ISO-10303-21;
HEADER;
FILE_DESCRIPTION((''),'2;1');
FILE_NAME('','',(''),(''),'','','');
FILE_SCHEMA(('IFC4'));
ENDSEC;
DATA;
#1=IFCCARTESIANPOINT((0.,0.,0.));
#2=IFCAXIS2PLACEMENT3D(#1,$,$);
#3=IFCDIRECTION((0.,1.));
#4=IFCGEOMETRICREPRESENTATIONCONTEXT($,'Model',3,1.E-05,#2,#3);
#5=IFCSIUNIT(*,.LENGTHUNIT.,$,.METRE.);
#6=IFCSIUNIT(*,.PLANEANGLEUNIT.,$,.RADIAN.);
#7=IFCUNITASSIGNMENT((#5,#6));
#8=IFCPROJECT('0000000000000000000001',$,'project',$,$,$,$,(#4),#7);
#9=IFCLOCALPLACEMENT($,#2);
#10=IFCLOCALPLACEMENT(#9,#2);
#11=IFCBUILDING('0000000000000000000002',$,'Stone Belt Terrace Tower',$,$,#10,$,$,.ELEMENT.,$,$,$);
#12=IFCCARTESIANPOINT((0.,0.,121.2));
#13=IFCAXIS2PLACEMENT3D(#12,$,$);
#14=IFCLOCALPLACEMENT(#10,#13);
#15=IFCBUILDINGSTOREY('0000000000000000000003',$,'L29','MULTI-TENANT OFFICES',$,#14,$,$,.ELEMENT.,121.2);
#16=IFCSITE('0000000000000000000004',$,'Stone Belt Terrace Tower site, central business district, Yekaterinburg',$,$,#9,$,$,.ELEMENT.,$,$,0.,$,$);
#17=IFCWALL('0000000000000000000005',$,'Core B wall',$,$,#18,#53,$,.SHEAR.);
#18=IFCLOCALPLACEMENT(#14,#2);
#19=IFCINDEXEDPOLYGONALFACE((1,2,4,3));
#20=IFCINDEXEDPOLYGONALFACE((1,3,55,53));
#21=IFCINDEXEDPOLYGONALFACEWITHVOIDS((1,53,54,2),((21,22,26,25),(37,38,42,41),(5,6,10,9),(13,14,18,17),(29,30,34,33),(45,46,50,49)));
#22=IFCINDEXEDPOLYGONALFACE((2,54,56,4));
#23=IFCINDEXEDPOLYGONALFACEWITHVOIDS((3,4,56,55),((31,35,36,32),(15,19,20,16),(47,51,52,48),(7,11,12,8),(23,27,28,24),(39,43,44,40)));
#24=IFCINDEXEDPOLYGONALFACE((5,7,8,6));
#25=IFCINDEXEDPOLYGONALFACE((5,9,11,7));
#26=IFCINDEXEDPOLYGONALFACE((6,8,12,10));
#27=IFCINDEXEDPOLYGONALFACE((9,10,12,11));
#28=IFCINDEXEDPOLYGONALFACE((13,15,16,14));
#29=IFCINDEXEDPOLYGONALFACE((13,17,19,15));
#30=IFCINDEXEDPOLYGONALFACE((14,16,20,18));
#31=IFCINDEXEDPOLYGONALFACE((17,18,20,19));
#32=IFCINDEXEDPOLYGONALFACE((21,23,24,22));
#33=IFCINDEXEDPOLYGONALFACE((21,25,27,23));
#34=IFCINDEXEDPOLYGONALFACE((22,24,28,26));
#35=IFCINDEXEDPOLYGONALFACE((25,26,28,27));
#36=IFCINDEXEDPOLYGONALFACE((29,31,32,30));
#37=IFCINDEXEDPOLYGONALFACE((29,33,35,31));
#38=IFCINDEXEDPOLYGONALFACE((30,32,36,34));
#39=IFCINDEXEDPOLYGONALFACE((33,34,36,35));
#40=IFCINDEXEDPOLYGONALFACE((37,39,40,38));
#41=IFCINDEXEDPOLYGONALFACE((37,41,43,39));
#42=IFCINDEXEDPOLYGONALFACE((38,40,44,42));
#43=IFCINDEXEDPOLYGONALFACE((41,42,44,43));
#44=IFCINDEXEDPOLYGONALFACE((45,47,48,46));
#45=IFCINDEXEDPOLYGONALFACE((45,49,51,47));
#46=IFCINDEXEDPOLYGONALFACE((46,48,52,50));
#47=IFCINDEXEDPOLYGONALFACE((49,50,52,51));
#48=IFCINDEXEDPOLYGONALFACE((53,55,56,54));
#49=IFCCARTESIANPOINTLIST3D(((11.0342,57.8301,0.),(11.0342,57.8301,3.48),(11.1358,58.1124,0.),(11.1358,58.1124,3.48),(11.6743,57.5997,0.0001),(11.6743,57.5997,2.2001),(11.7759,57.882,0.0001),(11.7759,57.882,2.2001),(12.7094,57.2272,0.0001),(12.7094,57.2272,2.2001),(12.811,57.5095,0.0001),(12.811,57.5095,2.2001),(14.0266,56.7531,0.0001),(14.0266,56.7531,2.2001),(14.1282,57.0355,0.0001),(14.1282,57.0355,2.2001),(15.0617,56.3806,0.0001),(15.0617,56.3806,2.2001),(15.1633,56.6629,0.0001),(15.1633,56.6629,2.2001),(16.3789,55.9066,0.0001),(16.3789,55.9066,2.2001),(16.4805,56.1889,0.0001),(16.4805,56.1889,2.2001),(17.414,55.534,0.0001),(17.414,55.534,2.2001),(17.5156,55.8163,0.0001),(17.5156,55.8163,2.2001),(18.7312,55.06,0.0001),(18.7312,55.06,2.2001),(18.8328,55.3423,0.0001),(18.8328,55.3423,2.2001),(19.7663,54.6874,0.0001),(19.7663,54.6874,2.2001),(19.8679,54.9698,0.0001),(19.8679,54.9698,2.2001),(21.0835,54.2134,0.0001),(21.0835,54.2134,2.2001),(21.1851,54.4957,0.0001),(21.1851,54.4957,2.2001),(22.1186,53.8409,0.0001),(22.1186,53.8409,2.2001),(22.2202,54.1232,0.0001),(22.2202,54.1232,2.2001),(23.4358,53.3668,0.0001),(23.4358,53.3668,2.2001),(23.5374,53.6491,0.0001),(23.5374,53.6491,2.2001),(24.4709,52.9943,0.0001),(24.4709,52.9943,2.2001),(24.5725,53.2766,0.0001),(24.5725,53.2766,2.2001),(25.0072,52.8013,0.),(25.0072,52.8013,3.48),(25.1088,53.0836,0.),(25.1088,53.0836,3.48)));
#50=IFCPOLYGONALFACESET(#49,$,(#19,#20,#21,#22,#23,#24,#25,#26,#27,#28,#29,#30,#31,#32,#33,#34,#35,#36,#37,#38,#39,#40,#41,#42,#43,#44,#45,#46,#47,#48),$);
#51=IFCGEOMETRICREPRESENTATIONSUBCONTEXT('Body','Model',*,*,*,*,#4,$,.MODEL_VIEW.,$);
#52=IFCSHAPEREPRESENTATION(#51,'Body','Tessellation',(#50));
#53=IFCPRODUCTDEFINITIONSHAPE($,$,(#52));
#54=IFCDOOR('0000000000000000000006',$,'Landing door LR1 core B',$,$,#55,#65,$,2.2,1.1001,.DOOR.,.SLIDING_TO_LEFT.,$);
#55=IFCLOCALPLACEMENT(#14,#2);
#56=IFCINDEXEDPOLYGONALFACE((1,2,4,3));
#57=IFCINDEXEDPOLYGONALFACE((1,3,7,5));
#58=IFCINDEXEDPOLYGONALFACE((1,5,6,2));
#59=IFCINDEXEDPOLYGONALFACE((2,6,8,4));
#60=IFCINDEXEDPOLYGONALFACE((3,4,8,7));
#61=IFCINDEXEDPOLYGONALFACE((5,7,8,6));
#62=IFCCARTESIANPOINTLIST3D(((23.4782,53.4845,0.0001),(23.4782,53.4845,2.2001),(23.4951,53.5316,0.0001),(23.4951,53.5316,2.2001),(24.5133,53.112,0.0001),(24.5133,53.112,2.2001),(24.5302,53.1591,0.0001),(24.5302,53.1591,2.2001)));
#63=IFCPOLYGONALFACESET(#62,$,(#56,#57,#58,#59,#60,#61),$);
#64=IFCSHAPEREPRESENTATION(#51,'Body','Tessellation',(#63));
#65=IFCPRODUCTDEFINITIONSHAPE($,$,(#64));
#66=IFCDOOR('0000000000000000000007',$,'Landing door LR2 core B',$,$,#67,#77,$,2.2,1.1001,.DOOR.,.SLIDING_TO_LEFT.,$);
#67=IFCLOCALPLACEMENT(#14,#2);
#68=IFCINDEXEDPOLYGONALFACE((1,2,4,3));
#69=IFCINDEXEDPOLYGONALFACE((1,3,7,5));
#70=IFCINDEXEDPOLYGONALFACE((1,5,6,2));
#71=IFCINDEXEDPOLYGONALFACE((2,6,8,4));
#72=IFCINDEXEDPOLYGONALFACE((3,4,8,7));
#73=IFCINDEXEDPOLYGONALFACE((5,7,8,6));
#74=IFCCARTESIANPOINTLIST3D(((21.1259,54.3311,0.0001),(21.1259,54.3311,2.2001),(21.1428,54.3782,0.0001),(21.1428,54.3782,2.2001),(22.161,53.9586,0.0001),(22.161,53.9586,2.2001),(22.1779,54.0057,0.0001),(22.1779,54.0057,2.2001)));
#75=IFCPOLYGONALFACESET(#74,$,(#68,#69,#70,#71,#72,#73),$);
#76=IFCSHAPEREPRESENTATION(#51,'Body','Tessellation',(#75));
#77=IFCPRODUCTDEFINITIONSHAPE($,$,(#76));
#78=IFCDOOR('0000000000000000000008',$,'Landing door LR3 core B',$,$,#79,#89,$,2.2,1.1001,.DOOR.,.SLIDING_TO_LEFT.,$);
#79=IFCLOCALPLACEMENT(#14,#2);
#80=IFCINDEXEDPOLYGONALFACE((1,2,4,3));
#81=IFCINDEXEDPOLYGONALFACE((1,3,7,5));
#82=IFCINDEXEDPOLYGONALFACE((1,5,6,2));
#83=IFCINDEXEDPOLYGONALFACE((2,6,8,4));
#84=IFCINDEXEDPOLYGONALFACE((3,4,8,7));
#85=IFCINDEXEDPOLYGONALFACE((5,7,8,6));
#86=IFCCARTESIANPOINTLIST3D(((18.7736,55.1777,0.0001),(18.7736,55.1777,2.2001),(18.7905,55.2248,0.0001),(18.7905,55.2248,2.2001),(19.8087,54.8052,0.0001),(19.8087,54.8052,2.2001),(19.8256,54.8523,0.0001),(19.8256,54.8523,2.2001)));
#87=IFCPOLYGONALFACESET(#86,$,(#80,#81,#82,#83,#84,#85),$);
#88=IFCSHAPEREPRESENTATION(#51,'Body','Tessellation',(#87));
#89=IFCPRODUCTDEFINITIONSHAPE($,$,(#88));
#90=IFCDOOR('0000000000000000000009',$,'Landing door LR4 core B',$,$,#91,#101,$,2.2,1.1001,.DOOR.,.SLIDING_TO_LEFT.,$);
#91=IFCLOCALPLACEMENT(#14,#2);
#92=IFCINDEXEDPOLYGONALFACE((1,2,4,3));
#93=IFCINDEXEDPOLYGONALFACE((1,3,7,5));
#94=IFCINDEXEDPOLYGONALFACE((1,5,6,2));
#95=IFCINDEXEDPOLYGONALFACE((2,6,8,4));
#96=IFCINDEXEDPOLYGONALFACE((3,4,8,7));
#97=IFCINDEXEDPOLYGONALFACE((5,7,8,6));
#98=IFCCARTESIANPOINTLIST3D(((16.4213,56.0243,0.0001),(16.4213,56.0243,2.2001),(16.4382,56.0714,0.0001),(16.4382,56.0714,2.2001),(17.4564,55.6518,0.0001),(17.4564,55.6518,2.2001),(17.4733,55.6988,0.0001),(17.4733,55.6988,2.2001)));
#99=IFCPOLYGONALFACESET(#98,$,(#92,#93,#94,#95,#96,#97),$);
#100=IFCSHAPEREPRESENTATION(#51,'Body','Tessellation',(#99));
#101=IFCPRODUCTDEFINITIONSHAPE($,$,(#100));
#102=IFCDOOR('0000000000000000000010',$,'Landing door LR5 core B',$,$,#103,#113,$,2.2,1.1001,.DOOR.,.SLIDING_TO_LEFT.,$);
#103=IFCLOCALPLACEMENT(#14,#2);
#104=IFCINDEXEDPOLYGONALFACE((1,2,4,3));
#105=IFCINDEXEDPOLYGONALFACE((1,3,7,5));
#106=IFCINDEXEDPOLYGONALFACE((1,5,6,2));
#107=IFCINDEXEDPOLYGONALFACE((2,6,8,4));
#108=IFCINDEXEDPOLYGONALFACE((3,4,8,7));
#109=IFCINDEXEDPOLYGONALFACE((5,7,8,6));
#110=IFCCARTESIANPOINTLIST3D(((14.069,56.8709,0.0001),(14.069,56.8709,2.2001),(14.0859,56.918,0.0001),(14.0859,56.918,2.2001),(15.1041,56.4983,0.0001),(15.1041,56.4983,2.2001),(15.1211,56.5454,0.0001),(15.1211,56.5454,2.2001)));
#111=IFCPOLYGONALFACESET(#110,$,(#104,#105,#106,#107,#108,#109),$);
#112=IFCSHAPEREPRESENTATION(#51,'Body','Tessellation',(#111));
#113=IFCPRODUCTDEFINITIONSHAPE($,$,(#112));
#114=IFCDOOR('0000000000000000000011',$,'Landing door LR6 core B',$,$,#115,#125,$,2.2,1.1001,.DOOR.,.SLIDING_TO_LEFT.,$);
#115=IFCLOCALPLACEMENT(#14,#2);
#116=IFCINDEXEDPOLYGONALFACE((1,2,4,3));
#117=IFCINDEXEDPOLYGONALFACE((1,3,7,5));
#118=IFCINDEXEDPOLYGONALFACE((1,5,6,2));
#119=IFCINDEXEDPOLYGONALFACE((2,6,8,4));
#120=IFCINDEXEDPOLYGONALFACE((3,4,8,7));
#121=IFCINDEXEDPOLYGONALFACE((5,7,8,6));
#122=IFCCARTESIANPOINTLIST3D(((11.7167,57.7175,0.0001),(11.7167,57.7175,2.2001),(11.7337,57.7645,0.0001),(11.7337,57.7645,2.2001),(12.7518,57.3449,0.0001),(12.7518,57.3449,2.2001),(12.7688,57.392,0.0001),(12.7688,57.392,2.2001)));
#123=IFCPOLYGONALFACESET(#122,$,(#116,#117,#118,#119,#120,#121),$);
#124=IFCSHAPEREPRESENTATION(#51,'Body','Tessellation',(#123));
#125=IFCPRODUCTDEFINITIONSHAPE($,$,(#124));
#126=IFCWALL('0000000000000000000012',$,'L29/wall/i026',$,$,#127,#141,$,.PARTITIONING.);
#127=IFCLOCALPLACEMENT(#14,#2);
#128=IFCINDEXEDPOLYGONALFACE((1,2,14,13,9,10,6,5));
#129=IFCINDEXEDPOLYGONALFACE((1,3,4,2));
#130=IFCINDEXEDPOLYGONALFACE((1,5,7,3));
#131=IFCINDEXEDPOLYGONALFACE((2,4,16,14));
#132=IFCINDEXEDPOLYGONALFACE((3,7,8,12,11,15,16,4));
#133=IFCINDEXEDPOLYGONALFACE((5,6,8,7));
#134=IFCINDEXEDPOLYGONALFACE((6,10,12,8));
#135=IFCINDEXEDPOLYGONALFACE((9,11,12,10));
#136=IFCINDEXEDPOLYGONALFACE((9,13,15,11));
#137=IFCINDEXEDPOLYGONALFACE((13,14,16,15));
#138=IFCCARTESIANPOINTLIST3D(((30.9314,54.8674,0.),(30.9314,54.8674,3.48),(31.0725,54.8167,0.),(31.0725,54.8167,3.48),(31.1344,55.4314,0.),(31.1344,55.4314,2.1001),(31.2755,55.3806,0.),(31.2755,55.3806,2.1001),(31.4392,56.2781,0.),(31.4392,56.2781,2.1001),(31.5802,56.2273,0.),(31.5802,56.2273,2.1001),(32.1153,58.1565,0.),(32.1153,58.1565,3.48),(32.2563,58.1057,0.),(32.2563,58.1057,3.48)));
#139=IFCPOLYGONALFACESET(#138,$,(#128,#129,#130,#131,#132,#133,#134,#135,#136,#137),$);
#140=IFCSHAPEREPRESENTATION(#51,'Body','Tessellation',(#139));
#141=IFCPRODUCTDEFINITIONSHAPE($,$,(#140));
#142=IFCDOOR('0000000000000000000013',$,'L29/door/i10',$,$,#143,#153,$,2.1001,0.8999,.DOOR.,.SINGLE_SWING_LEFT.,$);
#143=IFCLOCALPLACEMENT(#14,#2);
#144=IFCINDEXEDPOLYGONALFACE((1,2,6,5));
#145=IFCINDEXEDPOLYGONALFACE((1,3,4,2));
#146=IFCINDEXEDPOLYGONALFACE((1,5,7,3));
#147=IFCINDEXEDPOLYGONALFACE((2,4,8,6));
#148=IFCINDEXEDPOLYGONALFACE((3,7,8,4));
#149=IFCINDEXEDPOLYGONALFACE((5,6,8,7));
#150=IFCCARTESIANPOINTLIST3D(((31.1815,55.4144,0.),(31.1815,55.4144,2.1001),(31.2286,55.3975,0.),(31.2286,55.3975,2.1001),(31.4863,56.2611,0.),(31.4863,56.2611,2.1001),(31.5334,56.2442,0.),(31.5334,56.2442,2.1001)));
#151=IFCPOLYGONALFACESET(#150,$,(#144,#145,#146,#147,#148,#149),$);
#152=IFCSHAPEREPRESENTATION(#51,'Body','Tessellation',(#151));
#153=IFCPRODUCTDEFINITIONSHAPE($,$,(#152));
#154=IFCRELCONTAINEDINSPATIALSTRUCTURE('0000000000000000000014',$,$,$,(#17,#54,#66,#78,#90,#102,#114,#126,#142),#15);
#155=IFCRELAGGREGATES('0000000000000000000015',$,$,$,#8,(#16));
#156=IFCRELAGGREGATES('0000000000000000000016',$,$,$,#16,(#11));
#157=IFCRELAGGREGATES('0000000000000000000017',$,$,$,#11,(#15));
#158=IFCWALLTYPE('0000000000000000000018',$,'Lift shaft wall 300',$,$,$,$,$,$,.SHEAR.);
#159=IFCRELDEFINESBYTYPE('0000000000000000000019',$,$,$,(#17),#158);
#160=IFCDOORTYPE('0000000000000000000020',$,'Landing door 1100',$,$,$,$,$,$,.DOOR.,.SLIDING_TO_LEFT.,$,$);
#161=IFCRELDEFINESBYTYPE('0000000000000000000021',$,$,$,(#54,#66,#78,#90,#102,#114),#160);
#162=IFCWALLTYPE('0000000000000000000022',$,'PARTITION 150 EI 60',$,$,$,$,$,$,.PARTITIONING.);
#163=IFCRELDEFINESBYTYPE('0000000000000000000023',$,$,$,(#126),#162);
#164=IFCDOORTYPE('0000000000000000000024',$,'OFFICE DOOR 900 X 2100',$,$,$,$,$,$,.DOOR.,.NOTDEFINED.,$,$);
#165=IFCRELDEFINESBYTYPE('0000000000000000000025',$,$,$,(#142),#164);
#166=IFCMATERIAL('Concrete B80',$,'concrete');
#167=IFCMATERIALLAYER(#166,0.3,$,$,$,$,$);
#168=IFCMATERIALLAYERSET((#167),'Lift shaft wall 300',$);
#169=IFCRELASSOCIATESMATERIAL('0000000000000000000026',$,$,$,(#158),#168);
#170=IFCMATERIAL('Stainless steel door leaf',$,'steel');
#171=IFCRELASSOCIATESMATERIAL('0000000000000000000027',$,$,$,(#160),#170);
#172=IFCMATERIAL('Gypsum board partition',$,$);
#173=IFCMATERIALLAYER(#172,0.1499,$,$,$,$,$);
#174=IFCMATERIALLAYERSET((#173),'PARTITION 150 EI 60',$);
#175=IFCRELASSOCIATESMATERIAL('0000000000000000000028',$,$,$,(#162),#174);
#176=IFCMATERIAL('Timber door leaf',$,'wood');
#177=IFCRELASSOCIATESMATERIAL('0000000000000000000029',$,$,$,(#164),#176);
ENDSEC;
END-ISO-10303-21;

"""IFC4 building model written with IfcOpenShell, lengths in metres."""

from ifc_helpers import new_model, si_unit, direction, frame, frame_2d, origin, place, context, subcontext, project, spatial, rectangle, extrude, material, layer, layer_set, type_object, element, fill, save


model = new_model("IFC4")

# Units and contexts
model_context = context("Model", 3, precision=1e-05, world=origin(), true_north=direction((0.0, 1.0)))
body_context = subcontext(model_context, "Body", "Model", "MODEL_VIEW")
ifc_project = project(units=[si_unit("LENGTHUNIT", "METRE"), si_unit("PLANEANGLEUNIT", "RADIAN")], contexts=[model_context])

# Site, building, storey
site_placement = place(None, origin())
site = spatial("IfcSite", under=ifc_project, at=site_placement, Name="Stone Belt Terrace Tower site, central business district, Yekaterinburg", CompositionType="ELEMENT", RefElevation=0.0)
building_placement = place(site_placement, origin())
building = spatial("IfcBuilding", under=site, at=building_placement, Name="Stone Belt Terrace Tower", CompositionType="ELEMENT")
storey_placement = place(building_placement, frame((0.0, 0.0, 121.2)))
storey = spatial("IfcBuildingStorey", under=building, at=storey_placement, Name="L29", Description="MULTI-TENANT OFFICES", CompositionType="ELEMENT", Elevation=121.2)

# Shared definitions
ifc_material_1 = material(Name="Concrete B80", Category="concrete")

# Shared definitions
ifc_material_2 = material(Name="Timber door leaf", Category="wood")

# Shared definitions
ifc_layer_1 = layer(ifc_material_1, 0.3)
ifc_layer_set_1 = layer_set([ifc_layer_1], Name="Lift shaft wall 300")
wall_type_1 = type_object("IfcWallType", Name="Lift shaft wall 300", PredefinedType="SHEAR", material=ifc_layer_set_1)
ifc_material_3 = material(Name="Stainless steel door leaf", Category="steel")

# Wall, openings, doors
wall_1_placement = place(storey_placement, frame((25.0581, 52.9424, 0.0), z_axis=(0.0, 0.0, 1.0), x_axis=(-0.940918, 0.338634, 0.0)))
wall_1 = element("IfcWall", 1, at=wall_1_placement, inside=storey, type_object=wall_type_1, Name="Core B wall", PredefinedType="SHEAR", context=body_context, shape_type="SweptSolid", body=[
    extrude(rectangle(XDim=14.8503, YDim=0.3, at=frame_2d((7.4253, 0.0))), origin(), (0.0, 0.0, 1.0), 3.48),
])
opening_1_placement = place(wall_1_placement, frame((0.5701, 0.0, 0.0)))
opening_1 = element("IfcOpeningElement", 2, at=opening_1_placement, cuts=wall_1, PredefinedType="OPENING", context=body_context, shape_type="SweptSolid", body=[
    extrude(rectangle(XDim=1.1001, YDim=2.2, at=frame_2d((0.55, 1.1001))), frame((0.0, 0.1599, 0.0), z_axis=(0.0, -1.0, 0.0), x_axis=(1.0, 0.0, 0.0)), (0.0, 0.0, 1.0), 0.3201),
])
opening_2_placement = place(wall_1_placement, frame((3.0701, 0.0, 0.0)))
opening_2 = element("IfcOpeningElement", 3, at=opening_2_placement, cuts=wall_1, PredefinedType="OPENING", context=body_context, shape_type="SweptSolid", body=[
    extrude(rectangle(XDim=1.1001, YDim=2.2, at=frame_2d((0.55, 1.1001))), frame((0.0, 0.1599, 0.0), z_axis=(0.0, -1.0, 0.0), x_axis=(1.0, 0.0, 0.0)), (0.0, 0.0, 1.0), 0.3201),
])
opening_3_placement = place(wall_1_placement, frame((5.5701, 0.0, 0.0)))
opening_3 = element("IfcOpeningElement", 4, at=opening_3_placement, cuts=wall_1, PredefinedType="OPENING", context=body_context, shape_type="SweptSolid", body=[
    extrude(rectangle(XDim=1.1001, YDim=2.2, at=frame_2d((0.55, 1.1001))), frame((0.0, 0.1599, 0.0), z_axis=(0.0, -1.0, 0.0), x_axis=(1.0, 0.0, 0.0)), (0.0, 0.0, 1.0), 0.3201),
])
opening_4_placement = place(wall_1_placement, frame((8.0701, 0.0, 0.0)))
opening_4 = element("IfcOpeningElement", 5, at=opening_4_placement, cuts=wall_1, PredefinedType="OPENING", context=body_context, shape_type="SweptSolid", body=[
    extrude(rectangle(XDim=1.1001, YDim=2.2, at=frame_2d((0.55, 1.1001))), frame((0.0, 0.1599, 0.0), z_axis=(0.0, -1.0, 0.0), x_axis=(1.0, 0.0, 0.0)), (0.0, 0.0, 1.0), 0.3201),
])
opening_5_placement = place(wall_1_placement, frame((10.5701, 0.0, 0.0)))
opening_5 = element("IfcOpeningElement", 6, at=opening_5_placement, cuts=wall_1, PredefinedType="OPENING", context=body_context, shape_type="SweptSolid", body=[
    extrude(rectangle(XDim=1.1001, YDim=2.2, at=frame_2d((0.55, 1.1001))), frame((0.0, 0.1599, 0.0), z_axis=(0.0, -1.0, 0.0), x_axis=(1.0, 0.0, 0.0)), (0.0, 0.0, 1.0), 0.3201),
])
opening_6_placement = place(wall_1_placement, frame((13.0701, 0.0, 0.0)))
opening_6 = element("IfcOpeningElement", 7, at=opening_6_placement, cuts=wall_1, PredefinedType="OPENING", context=body_context, shape_type="SweptSolid", body=[
    extrude(rectangle(XDim=1.1001, YDim=2.2, at=frame_2d((0.55, 1.1001))), frame((0.0, 0.1599, 0.0), z_axis=(0.0, -1.0, 0.0), x_axis=(1.0, 0.0, 0.0)), (0.0, 0.0, 1.0), 0.3201),
])
door_type_1 = type_object("IfcDoorType", Name="Landing door 1100", OperationType="SLIDING_TO_LEFT", PredefinedType="DOOR", material=ifc_material_3)
door_1_placement = place(opening_1_placement, origin())
door_1 = element("IfcDoor", 8, at=door_1_placement, inside=storey, type_object=door_type_1, Name="Landing door LR1 core B", OperationType="SLIDING_TO_LEFT", OverallHeight=2.2, OverallWidth=1.1001, PredefinedType="DOOR", context=body_context, shape_type="SweptSolid", body=[
    extrude(rectangle(XDim=1.1001, YDim=2.2, at=frame_2d((0.55, 1.1001))), frame((0.0, 0.0249, 0.0), z_axis=(0.0, -1.0, 0.0), x_axis=(1.0, 0.0, 0.0)), (0.0, 0.0, 1.0), 0.05),
])
fill(opening_1, door_1)
door_2_placement = place(opening_2_placement, origin())
door_2 = element("IfcDoor", 9, at=door_2_placement, inside=storey, type_object=door_type_1, Name="Landing door LR2 core B", OperationType="SLIDING_TO_LEFT", OverallHeight=2.2, OverallWidth=1.1001, PredefinedType="DOOR", context=body_context, shape_type="SweptSolid", body=[
    extrude(rectangle(XDim=1.1001, YDim=2.2, at=frame_2d((0.55, 1.1001))), frame((0.0, 0.0249, 0.0), z_axis=(0.0, -1.0, 0.0), x_axis=(1.0, 0.0, 0.0)), (0.0, 0.0, 1.0), 0.05),
])
fill(opening_2, door_2)
door_3_placement = place(opening_3_placement, origin())
door_3 = element("IfcDoor", 10, at=door_3_placement, inside=storey, type_object=door_type_1, Name="Landing door LR3 core B", OperationType="SLIDING_TO_LEFT", OverallHeight=2.2, OverallWidth=1.1001, PredefinedType="DOOR", context=body_context, shape_type="SweptSolid", body=[
    extrude(rectangle(XDim=1.1001, YDim=2.2, at=frame_2d((0.55, 1.1001))), frame((0.0, 0.0249, 0.0), z_axis=(0.0, -1.0, 0.0), x_axis=(1.0, 0.0, 0.0)), (0.0, 0.0, 1.0), 0.05),
])
fill(opening_3, door_3)
door_4_placement = place(opening_4_placement, origin())
door_4 = element("IfcDoor", 11, at=door_4_placement, inside=storey, type_object=door_type_1, Name="Landing door LR4 core B", OperationType="SLIDING_TO_LEFT", OverallHeight=2.2, OverallWidth=1.1001, PredefinedType="DOOR", context=body_context, shape_type="SweptSolid", body=[
    extrude(rectangle(XDim=1.1001, YDim=2.2, at=frame_2d((0.55, 1.1001))), frame((0.0, 0.0249, 0.0), z_axis=(0.0, -1.0, 0.0), x_axis=(1.0, 0.0, 0.0)), (0.0, 0.0, 1.0), 0.05),
])
fill(opening_4, door_4)
door_5_placement = place(opening_5_placement, origin())
door_5 = element("IfcDoor", 12, at=door_5_placement, inside=storey, type_object=door_type_1, Name="Landing door LR5 core B", OperationType="SLIDING_TO_LEFT", OverallHeight=2.2, OverallWidth=1.1001, PredefinedType="DOOR", context=body_context, shape_type="SweptSolid", body=[
    extrude(rectangle(XDim=1.1001, YDim=2.2, at=frame_2d((0.55, 1.1001))), frame((0.0, 0.0249, 0.0), z_axis=(0.0, -1.0, 0.0), x_axis=(1.0, 0.0, 0.0)), (0.0, 0.0, 1.0), 0.05),
])
fill(opening_5, door_5)
door_6_placement = place(opening_6_placement, origin())
door_6 = element("IfcDoor", 13, at=door_6_placement, inside=storey, type_object=door_type_1, Name="Landing door LR6 core B", OperationType="SLIDING_TO_LEFT", OverallHeight=2.2, OverallWidth=1.1001, PredefinedType="DOOR", context=body_context, shape_type="SweptSolid", body=[
    extrude(rectangle(XDim=1.1001, YDim=2.2, at=frame_2d((0.55, 1.1001))), frame((0.0, 0.0249, 0.0), z_axis=(0.0, -1.0, 0.0), x_axis=(1.0, 0.0, 0.0)), (0.0, 0.0, 1.0), 0.05),
])
fill(opening_6, door_6)

# Wall, opening, door
ifc_material_4 = material(Name="Gypsum board partition")
ifc_layer_2 = layer(ifc_material_4, 0.1499)
ifc_layer_set_2 = layer_set([ifc_layer_2], Name="PARTITION 150 EI 60")
wall_type_2 = type_object("IfcWallType", Name="PARTITION 150 EI 60", PredefinedType="PARTITIONING", material=ifc_layer_set_2)
wall_2_placement = place(storey_placement, frame((31.002, 54.842, 0.0), z_axis=(0.0, 0.0, 1.0), x_axis=(0.338663, 0.940908, 0.0)))
wall_2 = element("IfcWall", 14, at=wall_2_placement, inside=storey, type_object=wall_type_2, Name="L29/wall/i026", PredefinedType="PARTITIONING", context=body_context, shape_type="SweptSolid", body=[
    extrude(rectangle(XDim=3.4956, YDim=0.1499, at=frame_2d((1.7478, 0.0))), origin(), (0.0, 0.0, 1.0), 3.48),
])
opening_7_placement = place(wall_2_placement, frame((0.5994, 0.0, 0.0)))
opening_7 = element("IfcOpeningElement", 15, at=opening_7_placement, cuts=wall_2, PredefinedType="OPENING", context=body_context, shape_type="SweptSolid", body=[
    extrude(rectangle(XDim=0.8999, YDim=2.1001, at=frame_2d((0.45, 1.05))), frame((0.0, 0.085, 0.0), z_axis=(0.0, -1.0, 0.0), x_axis=(1.0, 0.0, 0.0)), (0.0, 0.0, 1.0), 0.1699),
])
door_type_2 = type_object("IfcDoorType", Name="OFFICE DOOR 900 X 2100", OperationType="NOTDEFINED", PredefinedType="DOOR", material=ifc_material_2)
door_7_placement = place(opening_7_placement, origin())
door_7 = element("IfcDoor", 16, at=door_7_placement, inside=storey, type_object=door_type_2, Name="L29/door/i10", OperationType="SINGLE_SWING_LEFT", OverallHeight=2.1001, OverallWidth=0.8999, PredefinedType="DOOR", context=body_context, shape_type="SweptSolid", body=[
    extrude(rectangle(XDim=0.8999, YDim=2.1001, at=frame_2d((0.45, 1.05))), frame((0.0, 0.0249, 0.0), z_axis=(0.0, -1.0, 0.0), x_axis=(1.0, 0.0, 0.0)), (0.0, 0.0, 1.0), 0.05),
])
fill(opening_7, door_7)

save(model, "model.ifc")
